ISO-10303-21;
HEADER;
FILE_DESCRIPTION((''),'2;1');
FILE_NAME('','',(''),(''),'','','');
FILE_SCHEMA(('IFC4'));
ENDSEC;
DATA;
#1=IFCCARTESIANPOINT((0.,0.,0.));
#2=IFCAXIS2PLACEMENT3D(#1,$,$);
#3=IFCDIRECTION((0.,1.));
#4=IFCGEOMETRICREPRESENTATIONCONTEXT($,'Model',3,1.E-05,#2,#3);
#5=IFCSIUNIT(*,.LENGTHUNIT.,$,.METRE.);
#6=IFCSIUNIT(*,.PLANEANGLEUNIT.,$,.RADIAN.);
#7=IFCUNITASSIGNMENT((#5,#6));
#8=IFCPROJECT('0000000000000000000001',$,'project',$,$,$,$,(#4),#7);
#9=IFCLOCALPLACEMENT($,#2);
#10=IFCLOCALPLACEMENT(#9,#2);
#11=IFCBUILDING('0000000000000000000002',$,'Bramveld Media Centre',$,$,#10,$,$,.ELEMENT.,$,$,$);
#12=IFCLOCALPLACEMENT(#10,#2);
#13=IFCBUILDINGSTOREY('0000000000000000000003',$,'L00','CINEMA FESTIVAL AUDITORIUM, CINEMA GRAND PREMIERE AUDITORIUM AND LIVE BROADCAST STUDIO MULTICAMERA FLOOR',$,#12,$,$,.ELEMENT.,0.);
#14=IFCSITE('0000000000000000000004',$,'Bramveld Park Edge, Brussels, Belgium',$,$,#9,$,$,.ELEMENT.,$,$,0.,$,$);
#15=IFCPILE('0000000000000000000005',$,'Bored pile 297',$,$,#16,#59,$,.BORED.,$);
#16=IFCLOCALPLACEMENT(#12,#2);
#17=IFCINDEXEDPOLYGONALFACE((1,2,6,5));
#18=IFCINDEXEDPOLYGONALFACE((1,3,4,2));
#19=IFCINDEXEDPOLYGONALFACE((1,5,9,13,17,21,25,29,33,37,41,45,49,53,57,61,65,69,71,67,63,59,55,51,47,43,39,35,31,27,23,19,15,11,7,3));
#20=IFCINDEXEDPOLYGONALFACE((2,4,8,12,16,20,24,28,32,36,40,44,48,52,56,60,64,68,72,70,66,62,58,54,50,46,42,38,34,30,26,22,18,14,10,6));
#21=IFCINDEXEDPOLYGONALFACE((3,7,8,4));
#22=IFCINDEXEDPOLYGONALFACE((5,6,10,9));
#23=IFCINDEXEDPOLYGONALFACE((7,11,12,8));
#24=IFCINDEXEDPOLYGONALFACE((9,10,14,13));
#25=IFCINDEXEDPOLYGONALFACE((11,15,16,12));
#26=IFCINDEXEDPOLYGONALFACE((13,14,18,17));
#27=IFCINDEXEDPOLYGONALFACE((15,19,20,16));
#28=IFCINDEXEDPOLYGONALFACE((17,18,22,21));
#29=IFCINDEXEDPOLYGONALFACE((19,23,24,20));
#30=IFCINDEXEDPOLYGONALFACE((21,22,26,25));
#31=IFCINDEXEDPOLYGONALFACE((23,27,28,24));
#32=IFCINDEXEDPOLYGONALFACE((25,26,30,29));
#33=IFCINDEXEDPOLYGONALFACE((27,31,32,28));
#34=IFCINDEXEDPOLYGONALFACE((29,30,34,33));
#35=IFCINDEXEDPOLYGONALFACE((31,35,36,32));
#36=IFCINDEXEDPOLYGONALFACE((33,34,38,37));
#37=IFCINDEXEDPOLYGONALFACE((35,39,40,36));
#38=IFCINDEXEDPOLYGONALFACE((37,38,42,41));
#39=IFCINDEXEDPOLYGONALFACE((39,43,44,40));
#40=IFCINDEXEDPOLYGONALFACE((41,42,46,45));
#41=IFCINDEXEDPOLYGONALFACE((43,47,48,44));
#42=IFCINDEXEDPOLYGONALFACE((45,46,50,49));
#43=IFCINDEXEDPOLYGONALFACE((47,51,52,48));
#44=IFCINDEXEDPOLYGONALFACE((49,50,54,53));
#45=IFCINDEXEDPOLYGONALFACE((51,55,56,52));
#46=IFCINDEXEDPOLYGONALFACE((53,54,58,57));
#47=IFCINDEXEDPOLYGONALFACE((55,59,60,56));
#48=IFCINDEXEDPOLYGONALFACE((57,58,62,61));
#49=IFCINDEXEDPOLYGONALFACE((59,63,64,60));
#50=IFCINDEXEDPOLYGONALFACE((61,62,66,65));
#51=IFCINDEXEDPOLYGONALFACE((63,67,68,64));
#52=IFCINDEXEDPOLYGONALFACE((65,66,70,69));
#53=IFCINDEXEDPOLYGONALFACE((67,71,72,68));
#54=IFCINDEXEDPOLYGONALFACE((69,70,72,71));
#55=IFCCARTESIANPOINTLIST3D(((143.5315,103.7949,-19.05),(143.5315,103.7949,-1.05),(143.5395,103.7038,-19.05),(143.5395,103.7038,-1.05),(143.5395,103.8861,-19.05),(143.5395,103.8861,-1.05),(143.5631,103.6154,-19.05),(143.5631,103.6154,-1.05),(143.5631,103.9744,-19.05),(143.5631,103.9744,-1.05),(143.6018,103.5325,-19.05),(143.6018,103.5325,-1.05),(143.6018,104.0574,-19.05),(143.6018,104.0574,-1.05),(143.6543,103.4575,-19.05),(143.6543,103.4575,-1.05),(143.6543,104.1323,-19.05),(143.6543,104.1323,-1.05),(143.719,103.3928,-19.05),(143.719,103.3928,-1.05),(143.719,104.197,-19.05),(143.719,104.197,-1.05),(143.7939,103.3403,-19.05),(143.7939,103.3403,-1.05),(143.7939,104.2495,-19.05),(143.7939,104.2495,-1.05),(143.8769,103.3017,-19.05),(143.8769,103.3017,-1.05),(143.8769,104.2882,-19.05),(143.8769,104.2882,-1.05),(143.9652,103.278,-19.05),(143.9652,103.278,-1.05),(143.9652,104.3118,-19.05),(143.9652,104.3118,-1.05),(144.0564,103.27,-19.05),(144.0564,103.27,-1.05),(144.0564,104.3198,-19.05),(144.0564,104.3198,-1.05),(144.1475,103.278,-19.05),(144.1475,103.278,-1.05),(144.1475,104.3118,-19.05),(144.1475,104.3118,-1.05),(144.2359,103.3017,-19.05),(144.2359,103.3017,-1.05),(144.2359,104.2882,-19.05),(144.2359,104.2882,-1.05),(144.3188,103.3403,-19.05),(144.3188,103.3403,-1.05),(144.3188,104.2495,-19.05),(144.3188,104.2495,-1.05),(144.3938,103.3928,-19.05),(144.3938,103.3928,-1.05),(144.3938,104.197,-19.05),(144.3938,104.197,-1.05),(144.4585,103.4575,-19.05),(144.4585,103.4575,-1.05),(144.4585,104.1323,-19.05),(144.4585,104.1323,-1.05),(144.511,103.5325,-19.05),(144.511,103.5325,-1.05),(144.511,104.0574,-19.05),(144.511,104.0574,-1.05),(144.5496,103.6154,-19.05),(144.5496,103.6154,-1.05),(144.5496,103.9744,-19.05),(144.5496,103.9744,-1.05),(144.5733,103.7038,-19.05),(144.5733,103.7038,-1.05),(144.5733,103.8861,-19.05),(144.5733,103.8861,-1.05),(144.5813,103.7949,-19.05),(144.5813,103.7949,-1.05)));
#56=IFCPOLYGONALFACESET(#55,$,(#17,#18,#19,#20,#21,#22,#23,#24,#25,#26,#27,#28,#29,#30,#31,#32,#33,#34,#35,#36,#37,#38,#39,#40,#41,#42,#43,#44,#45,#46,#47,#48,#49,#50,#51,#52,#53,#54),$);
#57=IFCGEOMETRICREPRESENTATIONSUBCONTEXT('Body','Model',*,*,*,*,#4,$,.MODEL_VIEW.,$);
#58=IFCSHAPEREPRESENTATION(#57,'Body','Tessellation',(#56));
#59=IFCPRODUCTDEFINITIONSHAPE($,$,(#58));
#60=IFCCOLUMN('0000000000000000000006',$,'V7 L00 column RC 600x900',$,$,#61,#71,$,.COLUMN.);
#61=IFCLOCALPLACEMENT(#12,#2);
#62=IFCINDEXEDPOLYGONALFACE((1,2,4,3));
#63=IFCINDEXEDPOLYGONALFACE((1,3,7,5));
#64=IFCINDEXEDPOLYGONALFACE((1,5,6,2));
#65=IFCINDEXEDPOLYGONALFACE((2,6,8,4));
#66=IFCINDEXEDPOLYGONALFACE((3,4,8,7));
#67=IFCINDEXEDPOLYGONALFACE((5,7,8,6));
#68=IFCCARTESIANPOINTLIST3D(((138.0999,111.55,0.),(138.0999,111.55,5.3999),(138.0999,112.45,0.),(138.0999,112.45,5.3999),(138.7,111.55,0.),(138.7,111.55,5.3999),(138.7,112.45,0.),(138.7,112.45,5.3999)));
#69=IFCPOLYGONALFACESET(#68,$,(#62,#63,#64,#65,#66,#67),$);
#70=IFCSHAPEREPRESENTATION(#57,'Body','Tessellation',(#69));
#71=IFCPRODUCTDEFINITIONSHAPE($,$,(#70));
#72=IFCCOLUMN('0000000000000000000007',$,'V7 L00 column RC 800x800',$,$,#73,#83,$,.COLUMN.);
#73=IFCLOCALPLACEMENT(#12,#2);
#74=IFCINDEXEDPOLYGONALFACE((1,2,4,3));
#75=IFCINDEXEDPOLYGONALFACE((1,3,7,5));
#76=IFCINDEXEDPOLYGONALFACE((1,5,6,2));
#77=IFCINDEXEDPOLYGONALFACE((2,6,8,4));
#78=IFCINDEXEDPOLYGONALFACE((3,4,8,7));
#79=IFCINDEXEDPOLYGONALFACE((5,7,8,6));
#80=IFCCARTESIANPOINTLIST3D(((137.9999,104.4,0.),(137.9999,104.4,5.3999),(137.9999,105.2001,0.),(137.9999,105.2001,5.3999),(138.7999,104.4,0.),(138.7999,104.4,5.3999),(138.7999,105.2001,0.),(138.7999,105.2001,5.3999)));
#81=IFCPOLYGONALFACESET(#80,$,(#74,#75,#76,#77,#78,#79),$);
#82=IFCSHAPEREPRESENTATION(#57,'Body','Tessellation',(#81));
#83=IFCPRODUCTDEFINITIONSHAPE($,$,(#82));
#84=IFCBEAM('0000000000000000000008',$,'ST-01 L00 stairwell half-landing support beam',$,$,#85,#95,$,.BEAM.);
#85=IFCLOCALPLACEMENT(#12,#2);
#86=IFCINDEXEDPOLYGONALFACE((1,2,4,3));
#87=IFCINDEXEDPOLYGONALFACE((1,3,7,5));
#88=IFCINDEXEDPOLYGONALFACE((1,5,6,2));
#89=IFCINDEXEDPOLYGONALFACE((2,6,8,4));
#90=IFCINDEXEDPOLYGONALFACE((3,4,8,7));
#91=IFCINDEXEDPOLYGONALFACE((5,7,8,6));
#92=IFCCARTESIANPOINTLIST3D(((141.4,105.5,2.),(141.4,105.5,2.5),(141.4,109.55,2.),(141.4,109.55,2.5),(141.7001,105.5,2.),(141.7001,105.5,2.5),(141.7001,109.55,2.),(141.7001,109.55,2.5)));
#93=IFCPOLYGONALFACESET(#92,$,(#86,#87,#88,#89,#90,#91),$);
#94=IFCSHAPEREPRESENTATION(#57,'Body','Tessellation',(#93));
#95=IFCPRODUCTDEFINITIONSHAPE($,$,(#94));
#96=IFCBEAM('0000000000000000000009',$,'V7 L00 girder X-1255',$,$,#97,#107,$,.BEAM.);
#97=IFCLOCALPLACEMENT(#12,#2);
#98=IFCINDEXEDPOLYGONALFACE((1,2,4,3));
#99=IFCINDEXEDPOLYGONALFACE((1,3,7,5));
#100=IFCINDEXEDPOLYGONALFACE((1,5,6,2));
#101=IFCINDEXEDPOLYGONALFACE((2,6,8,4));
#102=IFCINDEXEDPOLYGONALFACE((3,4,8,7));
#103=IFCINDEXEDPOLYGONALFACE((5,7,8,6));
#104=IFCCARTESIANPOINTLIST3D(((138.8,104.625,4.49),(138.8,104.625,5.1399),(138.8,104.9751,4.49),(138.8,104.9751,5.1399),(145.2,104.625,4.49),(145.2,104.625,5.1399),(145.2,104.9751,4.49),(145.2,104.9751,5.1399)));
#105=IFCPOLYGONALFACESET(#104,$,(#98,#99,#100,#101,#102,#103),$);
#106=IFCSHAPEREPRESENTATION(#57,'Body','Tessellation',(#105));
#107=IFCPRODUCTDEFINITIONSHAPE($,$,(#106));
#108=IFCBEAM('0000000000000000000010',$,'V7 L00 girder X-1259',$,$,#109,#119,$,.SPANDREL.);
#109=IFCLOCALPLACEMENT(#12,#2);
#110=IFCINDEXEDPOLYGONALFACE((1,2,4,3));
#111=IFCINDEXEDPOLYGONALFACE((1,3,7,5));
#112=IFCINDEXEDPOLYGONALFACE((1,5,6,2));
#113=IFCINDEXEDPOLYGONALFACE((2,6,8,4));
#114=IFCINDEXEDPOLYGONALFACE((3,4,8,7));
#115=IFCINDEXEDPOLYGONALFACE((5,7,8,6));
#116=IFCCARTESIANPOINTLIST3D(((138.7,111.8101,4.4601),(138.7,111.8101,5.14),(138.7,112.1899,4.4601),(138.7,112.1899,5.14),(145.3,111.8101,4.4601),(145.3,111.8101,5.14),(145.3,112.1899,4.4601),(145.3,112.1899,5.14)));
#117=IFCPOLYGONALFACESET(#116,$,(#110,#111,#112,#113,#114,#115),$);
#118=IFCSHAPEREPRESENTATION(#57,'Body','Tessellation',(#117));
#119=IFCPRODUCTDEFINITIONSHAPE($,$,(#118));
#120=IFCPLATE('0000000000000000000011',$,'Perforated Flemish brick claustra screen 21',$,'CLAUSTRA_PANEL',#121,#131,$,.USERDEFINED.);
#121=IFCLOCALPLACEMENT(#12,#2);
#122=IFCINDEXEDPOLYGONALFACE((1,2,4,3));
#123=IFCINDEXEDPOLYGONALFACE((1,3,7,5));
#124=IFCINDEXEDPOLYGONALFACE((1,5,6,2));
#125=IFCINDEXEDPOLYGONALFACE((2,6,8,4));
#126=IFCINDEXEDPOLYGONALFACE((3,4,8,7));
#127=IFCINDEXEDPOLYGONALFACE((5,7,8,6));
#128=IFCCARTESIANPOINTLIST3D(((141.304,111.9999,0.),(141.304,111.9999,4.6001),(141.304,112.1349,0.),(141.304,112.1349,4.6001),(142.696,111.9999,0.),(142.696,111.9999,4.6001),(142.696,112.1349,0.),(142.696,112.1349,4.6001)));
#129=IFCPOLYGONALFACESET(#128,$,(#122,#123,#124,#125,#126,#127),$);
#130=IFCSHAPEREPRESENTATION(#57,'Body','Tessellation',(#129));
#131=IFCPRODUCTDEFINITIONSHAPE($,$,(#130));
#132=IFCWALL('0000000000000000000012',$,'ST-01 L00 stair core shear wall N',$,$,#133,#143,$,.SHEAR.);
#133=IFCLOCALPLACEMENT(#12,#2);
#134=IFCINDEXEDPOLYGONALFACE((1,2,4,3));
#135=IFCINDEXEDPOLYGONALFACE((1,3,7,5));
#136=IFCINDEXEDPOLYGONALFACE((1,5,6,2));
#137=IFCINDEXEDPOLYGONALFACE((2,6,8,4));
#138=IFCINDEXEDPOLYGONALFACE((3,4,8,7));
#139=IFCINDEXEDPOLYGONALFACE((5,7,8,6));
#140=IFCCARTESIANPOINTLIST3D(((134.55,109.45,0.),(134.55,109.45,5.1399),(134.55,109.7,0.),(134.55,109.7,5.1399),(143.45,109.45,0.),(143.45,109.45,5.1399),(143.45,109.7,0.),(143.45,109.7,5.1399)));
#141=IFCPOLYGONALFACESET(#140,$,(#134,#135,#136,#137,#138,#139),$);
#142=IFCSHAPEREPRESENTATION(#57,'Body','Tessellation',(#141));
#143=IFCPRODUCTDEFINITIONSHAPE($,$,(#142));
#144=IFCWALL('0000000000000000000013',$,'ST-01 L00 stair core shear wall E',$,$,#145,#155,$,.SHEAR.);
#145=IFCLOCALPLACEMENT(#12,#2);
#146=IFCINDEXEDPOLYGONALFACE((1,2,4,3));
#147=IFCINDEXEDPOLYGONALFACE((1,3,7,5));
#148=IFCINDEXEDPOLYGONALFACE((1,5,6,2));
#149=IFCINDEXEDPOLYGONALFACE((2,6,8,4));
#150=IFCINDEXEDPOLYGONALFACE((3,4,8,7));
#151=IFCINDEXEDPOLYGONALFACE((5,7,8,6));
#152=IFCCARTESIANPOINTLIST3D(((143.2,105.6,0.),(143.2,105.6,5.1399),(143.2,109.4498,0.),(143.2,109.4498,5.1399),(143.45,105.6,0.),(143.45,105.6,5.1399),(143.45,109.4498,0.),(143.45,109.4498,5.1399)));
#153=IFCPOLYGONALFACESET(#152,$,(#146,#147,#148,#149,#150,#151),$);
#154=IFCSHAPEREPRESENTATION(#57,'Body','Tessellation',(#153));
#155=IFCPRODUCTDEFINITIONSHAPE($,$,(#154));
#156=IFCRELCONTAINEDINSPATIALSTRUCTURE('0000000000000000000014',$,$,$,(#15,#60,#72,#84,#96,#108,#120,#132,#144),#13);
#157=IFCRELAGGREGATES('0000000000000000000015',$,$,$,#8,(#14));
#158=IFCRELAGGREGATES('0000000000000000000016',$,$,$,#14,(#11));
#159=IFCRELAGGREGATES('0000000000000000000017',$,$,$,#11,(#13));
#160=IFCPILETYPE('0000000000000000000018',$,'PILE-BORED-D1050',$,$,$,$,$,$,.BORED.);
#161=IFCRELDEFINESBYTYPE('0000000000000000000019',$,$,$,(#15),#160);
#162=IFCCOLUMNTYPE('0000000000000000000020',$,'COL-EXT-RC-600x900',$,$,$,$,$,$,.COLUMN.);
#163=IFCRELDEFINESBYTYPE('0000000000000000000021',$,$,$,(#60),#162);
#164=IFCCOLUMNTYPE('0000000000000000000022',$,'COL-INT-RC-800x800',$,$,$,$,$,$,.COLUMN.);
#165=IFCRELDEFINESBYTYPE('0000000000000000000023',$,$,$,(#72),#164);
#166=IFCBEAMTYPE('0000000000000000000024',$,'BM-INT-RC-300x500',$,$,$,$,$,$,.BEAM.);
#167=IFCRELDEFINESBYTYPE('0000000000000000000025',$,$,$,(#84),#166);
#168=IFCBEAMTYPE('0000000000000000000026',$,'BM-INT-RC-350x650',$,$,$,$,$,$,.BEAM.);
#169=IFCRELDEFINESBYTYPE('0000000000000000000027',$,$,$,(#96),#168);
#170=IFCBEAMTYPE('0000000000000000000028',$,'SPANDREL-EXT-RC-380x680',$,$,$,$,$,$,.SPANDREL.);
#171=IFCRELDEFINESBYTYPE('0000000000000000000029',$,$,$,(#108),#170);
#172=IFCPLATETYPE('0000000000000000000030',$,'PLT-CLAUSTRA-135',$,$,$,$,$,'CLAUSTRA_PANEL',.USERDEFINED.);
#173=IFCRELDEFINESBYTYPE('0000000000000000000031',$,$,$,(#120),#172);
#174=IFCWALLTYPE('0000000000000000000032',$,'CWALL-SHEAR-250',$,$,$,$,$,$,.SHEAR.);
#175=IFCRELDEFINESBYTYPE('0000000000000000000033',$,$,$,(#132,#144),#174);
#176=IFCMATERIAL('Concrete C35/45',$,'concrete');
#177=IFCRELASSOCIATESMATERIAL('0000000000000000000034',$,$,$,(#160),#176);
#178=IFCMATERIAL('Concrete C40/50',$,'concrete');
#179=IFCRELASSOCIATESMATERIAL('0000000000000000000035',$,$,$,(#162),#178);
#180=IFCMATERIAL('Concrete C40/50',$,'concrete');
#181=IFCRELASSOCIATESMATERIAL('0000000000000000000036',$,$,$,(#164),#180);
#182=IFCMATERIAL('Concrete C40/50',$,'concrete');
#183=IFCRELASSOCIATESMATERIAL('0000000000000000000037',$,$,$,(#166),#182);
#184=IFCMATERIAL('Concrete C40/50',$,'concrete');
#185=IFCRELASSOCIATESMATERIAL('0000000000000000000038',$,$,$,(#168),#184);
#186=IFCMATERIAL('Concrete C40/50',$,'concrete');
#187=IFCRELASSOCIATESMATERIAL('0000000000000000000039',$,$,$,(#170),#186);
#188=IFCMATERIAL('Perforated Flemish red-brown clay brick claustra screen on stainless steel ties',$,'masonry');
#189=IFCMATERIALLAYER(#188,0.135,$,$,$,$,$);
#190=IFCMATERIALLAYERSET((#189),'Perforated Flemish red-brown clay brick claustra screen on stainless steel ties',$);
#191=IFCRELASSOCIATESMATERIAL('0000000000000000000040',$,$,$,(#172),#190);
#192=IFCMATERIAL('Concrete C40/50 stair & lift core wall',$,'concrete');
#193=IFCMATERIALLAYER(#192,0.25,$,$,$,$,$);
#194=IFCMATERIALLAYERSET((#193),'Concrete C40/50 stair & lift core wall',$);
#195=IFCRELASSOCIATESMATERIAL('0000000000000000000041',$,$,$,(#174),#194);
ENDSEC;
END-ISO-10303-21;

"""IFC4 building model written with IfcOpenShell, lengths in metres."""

from ifc_helpers import new_model, si_unit, direction, frame, frame_2d, origin, origin_2d, place, context, subcontext, project, spatial, rectangle, circle, extrude, material, layer, layer_set, material_profile, profile_set, type_object, element, save


model = new_model("IFC4")

# Units and contexts
model_context = context("Model", 3, precision=1e-05, world=origin(), true_north=direction((0.0, 1.0)))
body_context = subcontext(model_context, "Body", "Model", "MODEL_VIEW")
ifc_project = project(units=[si_unit("LENGTHUNIT", "METRE"), si_unit("PLANEANGLEUNIT", "RADIAN")], contexts=[model_context])

# Site, building, storey
site_placement = place(None, origin())
site = spatial("IfcSite", under=ifc_project, at=site_placement, Name="Bramveld Park Edge, Brussels, Belgium", CompositionType="ELEMENT", RefElevation=0.0)
building_placement = place(site_placement, origin())
building = spatial("IfcBuilding", under=site, at=building_placement, Name="Bramveld Media Centre", CompositionType="ELEMENT")
storey_placement = place(building_placement, origin())
storey = spatial("IfcBuildingStorey", under=building, at=storey_placement, Name="L00", Description="CINEMA FESTIVAL AUDITORIUM, CINEMA GRAND PREMIERE AUDITORIUM AND LIVE BROADCAST STUDIO MULTICAMERA FLOOR", CompositionType="ELEMENT", Elevation=0.0)

# Pile
ifc_material_1 = material(Name="Concrete C35/45", Category="concrete")
ifc_material_profile_1 = material_profile(ifc_material_1, circle(Radius=0.5249, at=origin_2d()), Name="BORED D1050")
ifc_profile_set_1 = profile_set([ifc_material_profile_1], Name="Concrete C35/45")
pile_type = type_object("IfcPileType", Name="PILE-BORED-D1050", PredefinedType="BORED", material=ifc_profile_set_1)
for number, where, z_axis, x_axis, name in (
    (1, (144.0564, 103.7949, -1.05), (0.0, 0.0, -1.0), (1.0, 0.0, 0.0), "Bored pile 297"),
):
    element("IfcPile", number, at=place(storey_placement, frame(where, z_axis=z_axis, x_axis=x_axis)), inside=storey, type_object=pile_type, Name=name, PredefinedType="BORED", context=body_context, shape_type="SweptSolid", body=[
        extrude(circle(Radius=0.5249, at=origin_2d()), origin(), (0.0, 0.0, 1.0), 18.0),
    ])

# Columns
ifc_material_2 = material(Name="Concrete C40/50", Category="concrete")
ifc_material_profile_2 = material_profile(ifc_material_2, rectangle(XDim=0.6001, YDim=0.8999, at=origin_2d()), Name="RC 600x900")
ifc_profile_set_2 = profile_set([ifc_material_profile_2], Name="Concrete C40/50")
column_type_1 = type_object("IfcColumnType", Name="COL-EXT-RC-600x900", PredefinedType="COLUMN", material=ifc_profile_set_2)
column_1_placement = place(storey_placement, frame((138.3999, 112.0, 0.0), z_axis=(0.0, 0.0, 1.0), x_axis=(1.0, 0.0, 0.0)))
element("IfcColumn", 2, at=column_1_placement, inside=storey, type_object=column_type_1, Name="V7 L00 column RC 600x900", PredefinedType="COLUMN", context=body_context, shape_type="SweptSolid", body=[
    extrude(rectangle(XDim=0.6001, YDim=0.8999, at=origin_2d()), origin(), (0.0, 0.0, 1.0), 5.3999),
])
ifc_material_3 = material(Name="Concrete C40/50", Category="concrete")
ifc_material_profile_3 = material_profile(ifc_material_3, rectangle(XDim=0.8, YDim=0.8, at=origin_2d()), Name="RC 800x800")
ifc_profile_set_3 = profile_set([ifc_material_profile_3], Name="Concrete C40/50")
column_type_2 = type_object("IfcColumnType", Name="COL-INT-RC-800x800", PredefinedType="COLUMN", material=ifc_profile_set_3)
column_2_placement = place(storey_placement, frame((138.3999, 104.8, 0.0), z_axis=(0.0, 0.0, 1.0), x_axis=(1.0, 0.0, 0.0)))
element("IfcColumn", 3, at=column_2_placement, inside=storey, type_object=column_type_2, Name="V7 L00 column RC 800x800", PredefinedType="COLUMN", context=body_context, shape_type="SweptSolid", body=[
    extrude(rectangle(XDim=0.8, YDim=0.8, at=origin_2d()), origin(), (0.0, 0.0, 1.0), 5.3999),
])

# Beams
ifc_material_4 = material(Name="Concrete C40/50", Category="concrete")
ifc_material_profile_4 = material_profile(ifc_material_4, rectangle(XDim=0.3, YDim=0.5, at=origin_2d()), Name="RC 300x500")
ifc_profile_set_4 = profile_set([ifc_material_profile_4], Name="Concrete C40/50")
beam_type_1 = type_object("IfcBeamType", Name="BM-INT-RC-300x500", PredefinedType="BEAM", material=ifc_profile_set_4)
beam_1_placement = place(storey_placement, frame((141.55, 105.5, 2.25), z_axis=(0.0, 1.0, 0.0), x_axis=(-1.0, 0.0, 0.0)))
element("IfcBeam", 4, at=beam_1_placement, inside=storey, type_object=beam_type_1, Name="ST-01 L00 stairwell half-landing support beam", PredefinedType="BEAM", context=body_context, shape_type="SweptSolid", body=[
    extrude(rectangle(XDim=0.3, YDim=0.5, at=origin_2d()), origin(), (0.0, 0.0, 1.0), 4.05),
])
ifc_material_5 = material(Name="Concrete C40/50", Category="concrete")
ifc_material_profile_5 = material_profile(ifc_material_5, rectangle(XDim=0.3501, YDim=0.6499, at=origin_2d()), Name="RC 350x650")
ifc_profile_set_5 = profile_set([ifc_material_profile_5], Name="Concrete C40/50")
beam_type_2 = type_object("IfcBeamType", Name="BM-INT-RC-350x650", PredefinedType="BEAM", material=ifc_profile_set_5)
beam_2_placement = place(storey_placement, frame((138.8, 104.8, 4.8149), z_axis=(1.0, 0.0, 0.0), x_axis=(0.0, 1.0, 0.0)))
element("IfcBeam", 5, at=beam_2_placement, inside=storey, type_object=beam_type_2, Name="V7 L00 girder X-1255", PredefinedType="BEAM", context=body_context, shape_type="SweptSolid", body=[
    extrude(rectangle(XDim=0.3501, YDim=0.6499, at=origin_2d()), origin(), (0.0, 0.0, 1.0), 6.3999),
])
ifc_material_6 = material(Name="Concrete C40/50", Category="concrete")
ifc_material_profile_6 = material_profile(ifc_material_6, rectangle(XDim=0.3799, YDim=0.6799, at=origin_2d()), Name="RC 380x680")
ifc_profile_set_6 = profile_set([ifc_material_profile_6], Name="Concrete C40/50")
beam_type_3 = type_object("IfcBeamType", Name="SPANDREL-EXT-RC-380x680", PredefinedType="SPANDREL", material=ifc_profile_set_6)
beam_3_placement = place(storey_placement, frame((138.7, 112.0, 4.8), z_axis=(1.0, 0.0, 0.0), x_axis=(0.0, 1.0, 0.0)))
element("IfcBeam", 6, at=beam_3_placement, inside=storey, type_object=beam_type_3, Name="V7 L00 girder X-1259", PredefinedType="SPANDREL", context=body_context, shape_type="SweptSolid", body=[
    extrude(rectangle(XDim=0.3799, YDim=0.6799, at=origin_2d()), origin(), (0.0, 0.0, 1.0), 6.6001),
])

# Plate
ifc_material_7 = material(Name="Perforated Flemish red-brown clay brick claustra screen on stainless steel ties", Category="masonry")
ifc_layer_1 = layer(ifc_material_7, 0.135)
ifc_layer_set_1 = layer_set([ifc_layer_1], Name="Perforated Flemish red-brown clay brick claustra screen on stainless steel ties")
plate_type = type_object("IfcPlateType", Name="PLT-CLAUSTRA-135", ElementType="CLAUSTRA_PANEL", PredefinedType="USERDEFINED", material=ifc_layer_set_1)
plate_placement = place(storey_placement, frame((142.0, 112.0674, 0.0), z_axis=(0.0, 0.0, 1.0), x_axis=(1.0, 0.0, 0.0)))
element("IfcPlate", 7, at=plate_placement, inside=storey, type_object=plate_type, Name="Perforated Flemish brick claustra screen 21", ObjectType="CLAUSTRA_PANEL", PredefinedType="USERDEFINED", context=body_context, shape_type="SweptSolid", body=[
    extrude(rectangle(XDim=1.3921, YDim=0.135, at=origin_2d()), origin(), (0.0, 0.0, 1.0), 4.6001),
])

# Walls
ifc_material_8 = material(Name="Concrete C40/50 stair & lift core wall", Category="concrete")
ifc_layer_2 = layer(ifc_material_8, 0.25)
ifc_layer_set_2 = layer_set([ifc_layer_2], Name="Concrete C40/50 stair & lift core wall")
wall_type = type_object("IfcWallType", Name="CWALL-SHEAR-250", PredefinedType="SHEAR", material=ifc_layer_set_2)
wall_1_placement = place(storey_placement, frame((143.45, 109.575, 0.0), z_axis=(0.0, 0.0, 1.0), x_axis=(-1.0, 0.0, 0.0)))
element("IfcWall", 8, at=wall_1_placement, inside=storey, type_object=wall_type, Name="ST-01 L00 stair core shear wall N", PredefinedType="SHEAR", context=body_context, shape_type="SweptSolid", body=[
    extrude(rectangle(XDim=8.8999, YDim=0.25, at=frame_2d((4.45, 0.0))), origin(), (0.0, 0.0, 1.0), 5.1399),
])
wall_2_placement = place(storey_placement, frame((143.325, 105.6001, 0.0), z_axis=(0.0, 0.0, 1.0), x_axis=(0.0, 1.0, 0.0)))
element("IfcWall", 9, at=wall_2_placement, inside=storey, type_object=wall_type, Name="ST-01 L00 stair core shear wall E", PredefinedType="SHEAR", context=body_context, shape_type="SweptSolid", body=[
    extrude(rectangle(XDim=3.8499, YDim=0.25, at=frame_2d((1.9248, 0.0))), origin(), (0.0, 0.0, 1.0), 5.1399),
])

save(model, "model.ifc")
